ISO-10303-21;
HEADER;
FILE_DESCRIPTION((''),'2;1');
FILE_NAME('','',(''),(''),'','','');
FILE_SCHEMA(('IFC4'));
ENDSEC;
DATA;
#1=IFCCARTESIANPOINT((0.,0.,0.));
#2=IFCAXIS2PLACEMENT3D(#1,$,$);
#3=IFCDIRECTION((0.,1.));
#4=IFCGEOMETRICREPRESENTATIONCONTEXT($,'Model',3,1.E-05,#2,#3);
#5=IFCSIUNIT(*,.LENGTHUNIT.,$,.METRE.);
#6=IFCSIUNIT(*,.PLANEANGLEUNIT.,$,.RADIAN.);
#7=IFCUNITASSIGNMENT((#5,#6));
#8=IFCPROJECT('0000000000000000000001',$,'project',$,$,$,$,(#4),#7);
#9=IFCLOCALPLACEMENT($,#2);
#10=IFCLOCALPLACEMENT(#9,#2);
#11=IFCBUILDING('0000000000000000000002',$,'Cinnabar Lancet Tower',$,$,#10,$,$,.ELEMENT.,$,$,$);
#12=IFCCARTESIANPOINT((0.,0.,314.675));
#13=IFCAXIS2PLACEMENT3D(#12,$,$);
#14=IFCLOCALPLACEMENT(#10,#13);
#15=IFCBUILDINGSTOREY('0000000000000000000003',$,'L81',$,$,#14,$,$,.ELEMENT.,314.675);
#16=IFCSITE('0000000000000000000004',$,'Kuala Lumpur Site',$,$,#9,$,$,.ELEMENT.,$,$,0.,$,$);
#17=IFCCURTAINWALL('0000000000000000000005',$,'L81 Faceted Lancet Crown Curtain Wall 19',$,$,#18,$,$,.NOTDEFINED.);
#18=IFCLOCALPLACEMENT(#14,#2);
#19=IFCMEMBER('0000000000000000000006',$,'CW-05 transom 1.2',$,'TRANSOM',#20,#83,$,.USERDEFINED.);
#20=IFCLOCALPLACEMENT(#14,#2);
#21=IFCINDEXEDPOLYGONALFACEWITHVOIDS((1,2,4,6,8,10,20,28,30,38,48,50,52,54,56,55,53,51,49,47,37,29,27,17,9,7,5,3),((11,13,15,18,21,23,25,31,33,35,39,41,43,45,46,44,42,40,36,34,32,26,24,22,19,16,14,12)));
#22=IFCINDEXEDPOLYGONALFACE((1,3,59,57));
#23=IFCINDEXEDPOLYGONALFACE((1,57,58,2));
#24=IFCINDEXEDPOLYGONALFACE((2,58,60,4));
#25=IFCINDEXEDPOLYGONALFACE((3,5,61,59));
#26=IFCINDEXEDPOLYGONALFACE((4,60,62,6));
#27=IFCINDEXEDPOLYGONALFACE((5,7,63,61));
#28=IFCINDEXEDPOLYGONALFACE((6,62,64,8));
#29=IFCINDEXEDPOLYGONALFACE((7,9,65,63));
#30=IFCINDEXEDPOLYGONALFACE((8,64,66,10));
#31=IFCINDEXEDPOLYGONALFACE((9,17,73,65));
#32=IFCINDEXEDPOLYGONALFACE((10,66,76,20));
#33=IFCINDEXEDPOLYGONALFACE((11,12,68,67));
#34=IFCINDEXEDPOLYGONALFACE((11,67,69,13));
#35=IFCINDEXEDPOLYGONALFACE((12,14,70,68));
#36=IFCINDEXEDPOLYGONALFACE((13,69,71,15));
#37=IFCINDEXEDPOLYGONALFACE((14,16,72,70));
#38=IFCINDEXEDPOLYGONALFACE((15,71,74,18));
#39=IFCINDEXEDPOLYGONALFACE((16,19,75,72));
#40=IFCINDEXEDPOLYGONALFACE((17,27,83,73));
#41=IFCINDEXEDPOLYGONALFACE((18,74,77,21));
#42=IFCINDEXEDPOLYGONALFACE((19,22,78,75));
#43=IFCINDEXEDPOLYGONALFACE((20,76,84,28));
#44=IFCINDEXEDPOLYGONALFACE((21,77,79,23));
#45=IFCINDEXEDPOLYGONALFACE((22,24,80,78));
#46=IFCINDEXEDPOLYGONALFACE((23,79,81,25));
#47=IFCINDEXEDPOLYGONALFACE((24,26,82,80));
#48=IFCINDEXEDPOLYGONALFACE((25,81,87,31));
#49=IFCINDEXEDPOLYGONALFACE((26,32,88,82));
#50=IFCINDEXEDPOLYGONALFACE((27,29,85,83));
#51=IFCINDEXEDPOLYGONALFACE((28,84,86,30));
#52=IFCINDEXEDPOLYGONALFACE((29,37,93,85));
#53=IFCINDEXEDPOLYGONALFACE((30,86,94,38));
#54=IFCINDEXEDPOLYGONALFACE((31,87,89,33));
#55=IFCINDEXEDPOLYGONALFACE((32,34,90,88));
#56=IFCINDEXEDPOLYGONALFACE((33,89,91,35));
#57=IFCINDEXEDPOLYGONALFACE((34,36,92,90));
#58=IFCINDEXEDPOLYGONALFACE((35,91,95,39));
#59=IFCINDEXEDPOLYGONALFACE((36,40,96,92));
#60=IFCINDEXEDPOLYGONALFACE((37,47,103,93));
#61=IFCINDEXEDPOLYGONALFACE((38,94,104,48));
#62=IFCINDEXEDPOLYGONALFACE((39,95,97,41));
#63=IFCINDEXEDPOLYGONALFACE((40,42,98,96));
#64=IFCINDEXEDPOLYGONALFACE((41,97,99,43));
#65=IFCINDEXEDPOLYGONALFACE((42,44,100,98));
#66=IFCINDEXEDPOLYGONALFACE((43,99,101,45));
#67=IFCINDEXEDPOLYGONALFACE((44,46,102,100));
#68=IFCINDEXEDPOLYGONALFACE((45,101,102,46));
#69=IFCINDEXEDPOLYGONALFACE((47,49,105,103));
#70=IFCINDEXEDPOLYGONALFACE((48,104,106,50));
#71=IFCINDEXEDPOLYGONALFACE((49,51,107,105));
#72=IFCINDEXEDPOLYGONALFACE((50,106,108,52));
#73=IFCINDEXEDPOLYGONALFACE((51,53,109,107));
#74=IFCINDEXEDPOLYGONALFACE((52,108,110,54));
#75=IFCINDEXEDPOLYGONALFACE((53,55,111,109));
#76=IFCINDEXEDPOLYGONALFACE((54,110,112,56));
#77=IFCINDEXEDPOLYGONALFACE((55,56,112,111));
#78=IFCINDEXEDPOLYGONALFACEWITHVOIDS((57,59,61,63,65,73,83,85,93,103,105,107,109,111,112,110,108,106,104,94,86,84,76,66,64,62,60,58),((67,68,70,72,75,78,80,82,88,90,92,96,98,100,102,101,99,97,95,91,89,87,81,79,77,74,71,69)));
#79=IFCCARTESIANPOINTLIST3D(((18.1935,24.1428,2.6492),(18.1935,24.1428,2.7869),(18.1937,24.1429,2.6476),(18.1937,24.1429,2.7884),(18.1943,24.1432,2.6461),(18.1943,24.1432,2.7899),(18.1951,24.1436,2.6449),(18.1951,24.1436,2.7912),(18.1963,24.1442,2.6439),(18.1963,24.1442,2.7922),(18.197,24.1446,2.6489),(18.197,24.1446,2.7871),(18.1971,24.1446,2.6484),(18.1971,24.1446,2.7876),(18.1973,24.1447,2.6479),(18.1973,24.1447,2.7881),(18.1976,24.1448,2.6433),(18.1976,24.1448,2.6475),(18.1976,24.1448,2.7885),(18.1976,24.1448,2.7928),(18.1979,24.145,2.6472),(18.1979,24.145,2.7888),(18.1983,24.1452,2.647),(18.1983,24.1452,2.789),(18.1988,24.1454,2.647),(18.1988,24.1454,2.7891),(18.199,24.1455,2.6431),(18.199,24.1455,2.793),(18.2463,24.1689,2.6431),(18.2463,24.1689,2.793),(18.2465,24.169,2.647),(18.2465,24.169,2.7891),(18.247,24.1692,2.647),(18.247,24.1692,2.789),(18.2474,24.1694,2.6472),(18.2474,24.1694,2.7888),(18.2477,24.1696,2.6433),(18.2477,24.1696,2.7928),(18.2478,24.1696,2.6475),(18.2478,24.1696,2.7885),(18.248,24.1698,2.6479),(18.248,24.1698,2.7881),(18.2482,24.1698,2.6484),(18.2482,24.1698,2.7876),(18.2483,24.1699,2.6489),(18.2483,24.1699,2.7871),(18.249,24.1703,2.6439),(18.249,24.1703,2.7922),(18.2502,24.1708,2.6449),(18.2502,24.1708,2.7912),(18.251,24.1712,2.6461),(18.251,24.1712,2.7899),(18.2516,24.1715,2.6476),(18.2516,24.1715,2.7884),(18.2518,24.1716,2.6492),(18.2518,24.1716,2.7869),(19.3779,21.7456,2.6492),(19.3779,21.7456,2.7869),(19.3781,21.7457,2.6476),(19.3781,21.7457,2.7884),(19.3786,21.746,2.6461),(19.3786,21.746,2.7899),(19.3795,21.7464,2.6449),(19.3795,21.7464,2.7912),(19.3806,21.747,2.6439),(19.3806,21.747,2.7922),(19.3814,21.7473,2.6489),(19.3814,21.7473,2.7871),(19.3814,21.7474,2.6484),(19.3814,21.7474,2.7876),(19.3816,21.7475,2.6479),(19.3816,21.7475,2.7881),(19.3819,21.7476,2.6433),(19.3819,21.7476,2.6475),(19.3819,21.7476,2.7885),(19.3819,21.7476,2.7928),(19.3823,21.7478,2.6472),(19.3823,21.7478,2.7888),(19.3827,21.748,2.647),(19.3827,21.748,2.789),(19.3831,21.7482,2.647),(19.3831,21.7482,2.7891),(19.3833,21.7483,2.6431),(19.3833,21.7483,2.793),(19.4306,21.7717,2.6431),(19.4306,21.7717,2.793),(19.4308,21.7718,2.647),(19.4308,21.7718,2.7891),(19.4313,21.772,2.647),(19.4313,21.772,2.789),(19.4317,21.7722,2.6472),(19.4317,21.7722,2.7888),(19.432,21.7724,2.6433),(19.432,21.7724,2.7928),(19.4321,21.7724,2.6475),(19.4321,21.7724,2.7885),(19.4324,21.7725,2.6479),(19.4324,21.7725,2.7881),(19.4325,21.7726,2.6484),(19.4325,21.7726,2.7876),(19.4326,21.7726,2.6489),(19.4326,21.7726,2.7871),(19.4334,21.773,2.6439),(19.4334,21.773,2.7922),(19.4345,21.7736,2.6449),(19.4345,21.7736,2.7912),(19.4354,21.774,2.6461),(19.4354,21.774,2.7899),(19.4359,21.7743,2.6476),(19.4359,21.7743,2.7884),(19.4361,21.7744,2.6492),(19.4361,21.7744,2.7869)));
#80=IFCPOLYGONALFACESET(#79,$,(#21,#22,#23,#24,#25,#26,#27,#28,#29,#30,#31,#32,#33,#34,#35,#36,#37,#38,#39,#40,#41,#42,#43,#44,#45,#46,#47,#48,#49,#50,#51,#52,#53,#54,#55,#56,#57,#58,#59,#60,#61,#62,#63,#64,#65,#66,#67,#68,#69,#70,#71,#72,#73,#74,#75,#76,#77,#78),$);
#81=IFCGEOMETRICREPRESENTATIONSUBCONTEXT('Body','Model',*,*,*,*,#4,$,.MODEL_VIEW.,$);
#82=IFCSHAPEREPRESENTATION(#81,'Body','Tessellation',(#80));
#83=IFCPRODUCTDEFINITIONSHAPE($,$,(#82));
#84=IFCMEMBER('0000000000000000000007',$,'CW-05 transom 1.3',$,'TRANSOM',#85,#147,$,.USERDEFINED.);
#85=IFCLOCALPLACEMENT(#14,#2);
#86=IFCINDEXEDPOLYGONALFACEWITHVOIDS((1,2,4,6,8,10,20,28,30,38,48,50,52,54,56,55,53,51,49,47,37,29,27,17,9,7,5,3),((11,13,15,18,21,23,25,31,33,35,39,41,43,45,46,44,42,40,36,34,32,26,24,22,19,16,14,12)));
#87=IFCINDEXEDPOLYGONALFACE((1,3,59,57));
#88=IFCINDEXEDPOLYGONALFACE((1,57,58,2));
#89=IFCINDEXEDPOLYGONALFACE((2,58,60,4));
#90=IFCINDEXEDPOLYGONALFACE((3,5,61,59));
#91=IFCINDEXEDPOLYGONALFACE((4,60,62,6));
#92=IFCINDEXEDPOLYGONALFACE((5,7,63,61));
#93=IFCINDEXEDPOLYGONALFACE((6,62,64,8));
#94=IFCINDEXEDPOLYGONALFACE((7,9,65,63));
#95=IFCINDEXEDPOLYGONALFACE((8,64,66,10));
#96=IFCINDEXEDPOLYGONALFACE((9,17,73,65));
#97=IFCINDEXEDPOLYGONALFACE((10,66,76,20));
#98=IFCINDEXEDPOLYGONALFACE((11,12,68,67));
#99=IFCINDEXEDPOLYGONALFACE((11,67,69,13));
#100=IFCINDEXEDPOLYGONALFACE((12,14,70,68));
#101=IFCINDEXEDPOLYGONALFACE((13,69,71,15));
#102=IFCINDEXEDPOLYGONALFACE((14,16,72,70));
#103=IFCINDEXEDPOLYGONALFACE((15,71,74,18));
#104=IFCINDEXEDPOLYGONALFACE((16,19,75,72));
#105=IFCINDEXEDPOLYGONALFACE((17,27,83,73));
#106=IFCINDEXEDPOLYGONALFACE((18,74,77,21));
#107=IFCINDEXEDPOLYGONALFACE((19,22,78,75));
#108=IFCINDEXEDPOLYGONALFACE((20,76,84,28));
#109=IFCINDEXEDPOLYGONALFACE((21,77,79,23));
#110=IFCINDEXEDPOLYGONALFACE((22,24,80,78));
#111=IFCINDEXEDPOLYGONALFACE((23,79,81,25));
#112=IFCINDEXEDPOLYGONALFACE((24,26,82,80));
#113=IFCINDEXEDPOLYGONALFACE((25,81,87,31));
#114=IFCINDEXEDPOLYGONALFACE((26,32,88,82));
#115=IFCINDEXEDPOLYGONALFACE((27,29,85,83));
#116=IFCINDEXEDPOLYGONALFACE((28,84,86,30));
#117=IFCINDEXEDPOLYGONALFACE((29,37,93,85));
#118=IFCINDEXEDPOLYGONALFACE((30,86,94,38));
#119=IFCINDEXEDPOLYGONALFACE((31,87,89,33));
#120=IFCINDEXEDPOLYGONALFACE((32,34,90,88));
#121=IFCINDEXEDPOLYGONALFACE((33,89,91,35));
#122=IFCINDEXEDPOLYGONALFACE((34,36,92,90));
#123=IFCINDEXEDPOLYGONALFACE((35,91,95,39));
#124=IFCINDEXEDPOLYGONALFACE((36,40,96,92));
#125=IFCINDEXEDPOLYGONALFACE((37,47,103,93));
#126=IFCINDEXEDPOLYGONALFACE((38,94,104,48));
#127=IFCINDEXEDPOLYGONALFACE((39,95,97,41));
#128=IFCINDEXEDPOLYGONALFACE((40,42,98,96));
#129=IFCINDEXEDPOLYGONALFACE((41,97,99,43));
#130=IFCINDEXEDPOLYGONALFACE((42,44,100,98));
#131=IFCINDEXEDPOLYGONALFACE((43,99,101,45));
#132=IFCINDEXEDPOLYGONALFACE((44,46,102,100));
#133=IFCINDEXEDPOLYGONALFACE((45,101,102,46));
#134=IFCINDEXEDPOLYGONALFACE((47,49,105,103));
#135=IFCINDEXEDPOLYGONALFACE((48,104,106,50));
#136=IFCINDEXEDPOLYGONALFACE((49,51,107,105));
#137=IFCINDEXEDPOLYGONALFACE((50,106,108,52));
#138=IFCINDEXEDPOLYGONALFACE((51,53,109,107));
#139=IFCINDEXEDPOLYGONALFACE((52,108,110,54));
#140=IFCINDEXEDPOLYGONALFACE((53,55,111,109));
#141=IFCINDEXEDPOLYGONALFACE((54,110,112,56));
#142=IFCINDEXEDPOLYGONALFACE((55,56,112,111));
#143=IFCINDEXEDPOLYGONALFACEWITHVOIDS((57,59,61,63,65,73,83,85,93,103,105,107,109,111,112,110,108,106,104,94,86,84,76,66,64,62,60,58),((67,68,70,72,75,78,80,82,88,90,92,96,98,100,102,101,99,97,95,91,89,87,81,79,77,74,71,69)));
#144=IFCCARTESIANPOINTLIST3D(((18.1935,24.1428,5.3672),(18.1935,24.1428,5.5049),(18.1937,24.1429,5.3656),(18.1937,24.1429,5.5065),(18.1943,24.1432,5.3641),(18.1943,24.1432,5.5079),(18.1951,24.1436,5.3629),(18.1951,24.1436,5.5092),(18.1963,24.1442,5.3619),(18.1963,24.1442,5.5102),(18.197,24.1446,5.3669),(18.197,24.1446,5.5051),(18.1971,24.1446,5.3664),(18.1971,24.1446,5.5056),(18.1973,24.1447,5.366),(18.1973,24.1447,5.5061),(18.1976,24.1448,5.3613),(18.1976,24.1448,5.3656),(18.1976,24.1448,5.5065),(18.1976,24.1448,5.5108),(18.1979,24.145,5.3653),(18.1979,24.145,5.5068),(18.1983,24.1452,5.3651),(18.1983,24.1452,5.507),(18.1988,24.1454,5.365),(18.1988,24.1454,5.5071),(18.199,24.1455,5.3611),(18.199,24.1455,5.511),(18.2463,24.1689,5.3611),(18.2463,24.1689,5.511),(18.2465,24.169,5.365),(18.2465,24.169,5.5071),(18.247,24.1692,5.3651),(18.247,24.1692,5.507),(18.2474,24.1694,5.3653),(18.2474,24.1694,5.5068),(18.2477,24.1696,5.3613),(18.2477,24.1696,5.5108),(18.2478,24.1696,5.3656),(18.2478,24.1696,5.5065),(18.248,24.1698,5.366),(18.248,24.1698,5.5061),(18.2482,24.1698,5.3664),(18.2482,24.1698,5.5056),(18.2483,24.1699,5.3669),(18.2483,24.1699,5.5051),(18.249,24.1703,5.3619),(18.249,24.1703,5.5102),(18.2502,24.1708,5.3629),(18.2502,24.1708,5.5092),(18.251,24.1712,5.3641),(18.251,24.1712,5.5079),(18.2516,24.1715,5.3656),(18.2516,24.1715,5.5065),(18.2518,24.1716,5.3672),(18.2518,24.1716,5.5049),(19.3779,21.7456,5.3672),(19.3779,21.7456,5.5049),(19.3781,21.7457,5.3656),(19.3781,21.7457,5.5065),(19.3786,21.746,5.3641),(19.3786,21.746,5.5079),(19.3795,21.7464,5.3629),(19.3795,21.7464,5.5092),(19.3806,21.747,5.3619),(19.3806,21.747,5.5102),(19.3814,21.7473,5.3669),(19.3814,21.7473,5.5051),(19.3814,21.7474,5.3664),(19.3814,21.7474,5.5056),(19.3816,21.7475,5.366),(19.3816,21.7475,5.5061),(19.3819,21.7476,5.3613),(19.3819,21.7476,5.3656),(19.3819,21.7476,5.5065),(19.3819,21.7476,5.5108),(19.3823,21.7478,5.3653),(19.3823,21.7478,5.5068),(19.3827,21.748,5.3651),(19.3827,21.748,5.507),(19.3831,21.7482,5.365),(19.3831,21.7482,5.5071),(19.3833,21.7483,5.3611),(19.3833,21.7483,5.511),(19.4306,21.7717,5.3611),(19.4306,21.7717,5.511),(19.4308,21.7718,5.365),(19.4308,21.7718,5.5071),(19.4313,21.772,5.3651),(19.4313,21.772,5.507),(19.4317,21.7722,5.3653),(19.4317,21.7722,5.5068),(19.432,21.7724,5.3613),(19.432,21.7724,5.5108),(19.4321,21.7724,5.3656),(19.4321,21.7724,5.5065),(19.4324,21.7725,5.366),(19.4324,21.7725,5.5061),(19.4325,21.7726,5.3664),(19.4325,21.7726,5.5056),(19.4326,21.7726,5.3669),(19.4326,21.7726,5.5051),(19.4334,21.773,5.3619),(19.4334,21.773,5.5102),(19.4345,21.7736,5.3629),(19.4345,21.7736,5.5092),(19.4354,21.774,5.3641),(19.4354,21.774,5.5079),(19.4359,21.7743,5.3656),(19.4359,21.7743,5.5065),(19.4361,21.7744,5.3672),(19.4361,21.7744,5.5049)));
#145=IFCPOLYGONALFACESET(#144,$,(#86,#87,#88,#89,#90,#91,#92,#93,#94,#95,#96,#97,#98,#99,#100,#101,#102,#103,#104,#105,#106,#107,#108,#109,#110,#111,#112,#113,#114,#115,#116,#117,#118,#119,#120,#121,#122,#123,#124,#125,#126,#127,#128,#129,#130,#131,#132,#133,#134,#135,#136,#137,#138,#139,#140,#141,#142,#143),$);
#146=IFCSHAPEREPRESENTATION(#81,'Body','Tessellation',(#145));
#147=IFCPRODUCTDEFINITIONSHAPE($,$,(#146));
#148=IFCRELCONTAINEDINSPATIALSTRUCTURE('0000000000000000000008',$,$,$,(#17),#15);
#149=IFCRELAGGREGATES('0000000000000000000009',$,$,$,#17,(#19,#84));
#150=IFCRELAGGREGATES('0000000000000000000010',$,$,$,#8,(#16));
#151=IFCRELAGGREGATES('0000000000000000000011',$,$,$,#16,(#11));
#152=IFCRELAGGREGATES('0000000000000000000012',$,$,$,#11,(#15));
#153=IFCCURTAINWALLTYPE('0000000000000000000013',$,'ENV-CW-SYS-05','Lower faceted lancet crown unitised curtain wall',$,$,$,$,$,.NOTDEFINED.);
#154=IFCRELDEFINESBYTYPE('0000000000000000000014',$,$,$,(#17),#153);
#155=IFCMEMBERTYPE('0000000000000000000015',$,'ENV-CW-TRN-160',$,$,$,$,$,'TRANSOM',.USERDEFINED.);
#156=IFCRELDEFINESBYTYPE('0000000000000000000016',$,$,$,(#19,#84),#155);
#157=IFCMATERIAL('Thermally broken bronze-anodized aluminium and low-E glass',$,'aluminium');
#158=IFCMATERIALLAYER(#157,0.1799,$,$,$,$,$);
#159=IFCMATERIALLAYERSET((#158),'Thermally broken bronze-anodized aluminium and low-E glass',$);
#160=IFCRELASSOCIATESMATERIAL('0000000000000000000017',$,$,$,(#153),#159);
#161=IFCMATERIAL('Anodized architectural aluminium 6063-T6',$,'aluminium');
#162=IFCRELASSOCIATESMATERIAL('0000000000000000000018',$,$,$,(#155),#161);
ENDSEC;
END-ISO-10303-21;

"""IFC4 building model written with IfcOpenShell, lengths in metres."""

from ifc_helpers import new_model, si_unit, direction, frame, origin, origin_2d, place, context, subcontext, project, spatial, hollow_rectangle, extrude, material, layer, layer_set, material_profile, profile_set, type_object, element, aggregate, save


model = new_model("IFC4")

# Units and contexts
model_context = context("Model", 3, precision=1e-05, world=origin(), true_north=direction((0.0, 1.0)))
body_context = subcontext(model_context, "Body", "Model", "MODEL_VIEW")
ifc_project = project(units=[si_unit("LENGTHUNIT", "METRE"), si_unit("PLANEANGLEUNIT", "RADIAN")], contexts=[model_context])

# Site, building, storey
site_placement = place(None, origin())
site = spatial("IfcSite", under=ifc_project, at=site_placement, Name="Kuala Lumpur Site", CompositionType="ELEMENT", RefElevation=0.0)
building_placement = place(site_placement, origin())
building = spatial("IfcBuilding", under=site, at=building_placement, Name="Cinnabar Lancet Tower", CompositionType="ELEMENT")
storey_placement = place(building_placement, frame((0.0, 0.0, 314.675)))
storey = spatial("IfcBuildingStorey", under=building, at=storey_placement, Name="L81", CompositionType="ELEMENT", Elevation=314.675)

# Shared definitions
ifc_material_1 = material(Name="Thermally broken bronze-anodized aluminium and low-E glass", Category="aluminium")
ifc_layer_1 = layer(ifc_material_1, 0.1799)
ifc_layer_set_1 = layer_set([ifc_layer_1], Name="Thermally broken bronze-anodized aluminium and low-E glass")
curtain_wall_type = type_object("IfcCurtainWallType", Name="ENV-CW-SYS-05", Description="Lower faceted lancet crown unitised curtain wall", PredefinedType="NOTDEFINED", material=ifc_layer_set_1)

# Curtain wall
curtain_wall_1_placement = place(storey_placement, origin())
curtain_wall_1 = element("IfcCurtainWall", 1, at=curtain_wall_1_placement, inside=storey, type_object=curtain_wall_type, Name="L81 Faceted Lancet Crown Curtain Wall 19", PredefinedType="NOTDEFINED")

# Members
ifc_material_2 = material(Name="Anodized architectural aluminium 6063-T6", Category="aluminium")
ifc_material_profile_1 = material_profile(ifc_material_2, hollow_rectangle(XDim=0.0649, YDim=0.1499, WallThickness=0.0039, InnerFilletRadius=0.002, OuterFilletRadius=0.0061, at=origin_2d()), Name="CW-TRN 150x65x4")
ifc_profile_set_1 = profile_set([ifc_material_profile_1], Name="Anodized architectural aluminium 6063-T6")
member_type_1 = type_object("IfcMemberType", Name="ENV-CW-TRN-160", ElementType="TRANSOM", PredefinedType="USERDEFINED", material=ifc_profile_set_1)
member_1_placement = place(storey_placement, frame((18.2227, 24.1572, 2.718), z_axis=(0.442935, -0.896554, 0.0), x_axis=(0.896554, 0.442935, 0.0)))
member_1 = element("IfcMember", 2, at=member_1_placement, type_object=member_type_1, Name="CW-05 transom 1.2", ObjectType="TRANSOM", PredefinedType="USERDEFINED", context=body_context, shape_type="SweptSolid", body=[
    extrude(hollow_rectangle(XDim=0.0649, YDim=0.1499, WallThickness=0.0039, InnerFilletRadius=0.002, OuterFilletRadius=0.0061, at=origin_2d()), origin(), (0.0, 0.0, 1.0), 2.6738),
])
member_2_placement = place(storey_placement, frame((18.2227, 24.1572, 5.436), z_axis=(0.442935, -0.896554, 0.0), x_axis=(0.896554, 0.442935, 0.0)))
member_2 = element("IfcMember", 3, at=member_2_placement, type_object=member_type_1, Name="CW-05 transom 1.3", ObjectType="TRANSOM", PredefinedType="USERDEFINED", context=body_context, shape_type="SweptSolid", body=[
    extrude(hollow_rectangle(XDim=0.0649, YDim=0.1499, WallThickness=0.0039, InnerFilletRadius=0.002, OuterFilletRadius=0.0061, at=origin_2d()), origin(), (0.0, 0.0, 1.0), 2.6738),
])

aggregate(curtain_wall_1, [member_1, member_2])

save(model, "model.ifc")
